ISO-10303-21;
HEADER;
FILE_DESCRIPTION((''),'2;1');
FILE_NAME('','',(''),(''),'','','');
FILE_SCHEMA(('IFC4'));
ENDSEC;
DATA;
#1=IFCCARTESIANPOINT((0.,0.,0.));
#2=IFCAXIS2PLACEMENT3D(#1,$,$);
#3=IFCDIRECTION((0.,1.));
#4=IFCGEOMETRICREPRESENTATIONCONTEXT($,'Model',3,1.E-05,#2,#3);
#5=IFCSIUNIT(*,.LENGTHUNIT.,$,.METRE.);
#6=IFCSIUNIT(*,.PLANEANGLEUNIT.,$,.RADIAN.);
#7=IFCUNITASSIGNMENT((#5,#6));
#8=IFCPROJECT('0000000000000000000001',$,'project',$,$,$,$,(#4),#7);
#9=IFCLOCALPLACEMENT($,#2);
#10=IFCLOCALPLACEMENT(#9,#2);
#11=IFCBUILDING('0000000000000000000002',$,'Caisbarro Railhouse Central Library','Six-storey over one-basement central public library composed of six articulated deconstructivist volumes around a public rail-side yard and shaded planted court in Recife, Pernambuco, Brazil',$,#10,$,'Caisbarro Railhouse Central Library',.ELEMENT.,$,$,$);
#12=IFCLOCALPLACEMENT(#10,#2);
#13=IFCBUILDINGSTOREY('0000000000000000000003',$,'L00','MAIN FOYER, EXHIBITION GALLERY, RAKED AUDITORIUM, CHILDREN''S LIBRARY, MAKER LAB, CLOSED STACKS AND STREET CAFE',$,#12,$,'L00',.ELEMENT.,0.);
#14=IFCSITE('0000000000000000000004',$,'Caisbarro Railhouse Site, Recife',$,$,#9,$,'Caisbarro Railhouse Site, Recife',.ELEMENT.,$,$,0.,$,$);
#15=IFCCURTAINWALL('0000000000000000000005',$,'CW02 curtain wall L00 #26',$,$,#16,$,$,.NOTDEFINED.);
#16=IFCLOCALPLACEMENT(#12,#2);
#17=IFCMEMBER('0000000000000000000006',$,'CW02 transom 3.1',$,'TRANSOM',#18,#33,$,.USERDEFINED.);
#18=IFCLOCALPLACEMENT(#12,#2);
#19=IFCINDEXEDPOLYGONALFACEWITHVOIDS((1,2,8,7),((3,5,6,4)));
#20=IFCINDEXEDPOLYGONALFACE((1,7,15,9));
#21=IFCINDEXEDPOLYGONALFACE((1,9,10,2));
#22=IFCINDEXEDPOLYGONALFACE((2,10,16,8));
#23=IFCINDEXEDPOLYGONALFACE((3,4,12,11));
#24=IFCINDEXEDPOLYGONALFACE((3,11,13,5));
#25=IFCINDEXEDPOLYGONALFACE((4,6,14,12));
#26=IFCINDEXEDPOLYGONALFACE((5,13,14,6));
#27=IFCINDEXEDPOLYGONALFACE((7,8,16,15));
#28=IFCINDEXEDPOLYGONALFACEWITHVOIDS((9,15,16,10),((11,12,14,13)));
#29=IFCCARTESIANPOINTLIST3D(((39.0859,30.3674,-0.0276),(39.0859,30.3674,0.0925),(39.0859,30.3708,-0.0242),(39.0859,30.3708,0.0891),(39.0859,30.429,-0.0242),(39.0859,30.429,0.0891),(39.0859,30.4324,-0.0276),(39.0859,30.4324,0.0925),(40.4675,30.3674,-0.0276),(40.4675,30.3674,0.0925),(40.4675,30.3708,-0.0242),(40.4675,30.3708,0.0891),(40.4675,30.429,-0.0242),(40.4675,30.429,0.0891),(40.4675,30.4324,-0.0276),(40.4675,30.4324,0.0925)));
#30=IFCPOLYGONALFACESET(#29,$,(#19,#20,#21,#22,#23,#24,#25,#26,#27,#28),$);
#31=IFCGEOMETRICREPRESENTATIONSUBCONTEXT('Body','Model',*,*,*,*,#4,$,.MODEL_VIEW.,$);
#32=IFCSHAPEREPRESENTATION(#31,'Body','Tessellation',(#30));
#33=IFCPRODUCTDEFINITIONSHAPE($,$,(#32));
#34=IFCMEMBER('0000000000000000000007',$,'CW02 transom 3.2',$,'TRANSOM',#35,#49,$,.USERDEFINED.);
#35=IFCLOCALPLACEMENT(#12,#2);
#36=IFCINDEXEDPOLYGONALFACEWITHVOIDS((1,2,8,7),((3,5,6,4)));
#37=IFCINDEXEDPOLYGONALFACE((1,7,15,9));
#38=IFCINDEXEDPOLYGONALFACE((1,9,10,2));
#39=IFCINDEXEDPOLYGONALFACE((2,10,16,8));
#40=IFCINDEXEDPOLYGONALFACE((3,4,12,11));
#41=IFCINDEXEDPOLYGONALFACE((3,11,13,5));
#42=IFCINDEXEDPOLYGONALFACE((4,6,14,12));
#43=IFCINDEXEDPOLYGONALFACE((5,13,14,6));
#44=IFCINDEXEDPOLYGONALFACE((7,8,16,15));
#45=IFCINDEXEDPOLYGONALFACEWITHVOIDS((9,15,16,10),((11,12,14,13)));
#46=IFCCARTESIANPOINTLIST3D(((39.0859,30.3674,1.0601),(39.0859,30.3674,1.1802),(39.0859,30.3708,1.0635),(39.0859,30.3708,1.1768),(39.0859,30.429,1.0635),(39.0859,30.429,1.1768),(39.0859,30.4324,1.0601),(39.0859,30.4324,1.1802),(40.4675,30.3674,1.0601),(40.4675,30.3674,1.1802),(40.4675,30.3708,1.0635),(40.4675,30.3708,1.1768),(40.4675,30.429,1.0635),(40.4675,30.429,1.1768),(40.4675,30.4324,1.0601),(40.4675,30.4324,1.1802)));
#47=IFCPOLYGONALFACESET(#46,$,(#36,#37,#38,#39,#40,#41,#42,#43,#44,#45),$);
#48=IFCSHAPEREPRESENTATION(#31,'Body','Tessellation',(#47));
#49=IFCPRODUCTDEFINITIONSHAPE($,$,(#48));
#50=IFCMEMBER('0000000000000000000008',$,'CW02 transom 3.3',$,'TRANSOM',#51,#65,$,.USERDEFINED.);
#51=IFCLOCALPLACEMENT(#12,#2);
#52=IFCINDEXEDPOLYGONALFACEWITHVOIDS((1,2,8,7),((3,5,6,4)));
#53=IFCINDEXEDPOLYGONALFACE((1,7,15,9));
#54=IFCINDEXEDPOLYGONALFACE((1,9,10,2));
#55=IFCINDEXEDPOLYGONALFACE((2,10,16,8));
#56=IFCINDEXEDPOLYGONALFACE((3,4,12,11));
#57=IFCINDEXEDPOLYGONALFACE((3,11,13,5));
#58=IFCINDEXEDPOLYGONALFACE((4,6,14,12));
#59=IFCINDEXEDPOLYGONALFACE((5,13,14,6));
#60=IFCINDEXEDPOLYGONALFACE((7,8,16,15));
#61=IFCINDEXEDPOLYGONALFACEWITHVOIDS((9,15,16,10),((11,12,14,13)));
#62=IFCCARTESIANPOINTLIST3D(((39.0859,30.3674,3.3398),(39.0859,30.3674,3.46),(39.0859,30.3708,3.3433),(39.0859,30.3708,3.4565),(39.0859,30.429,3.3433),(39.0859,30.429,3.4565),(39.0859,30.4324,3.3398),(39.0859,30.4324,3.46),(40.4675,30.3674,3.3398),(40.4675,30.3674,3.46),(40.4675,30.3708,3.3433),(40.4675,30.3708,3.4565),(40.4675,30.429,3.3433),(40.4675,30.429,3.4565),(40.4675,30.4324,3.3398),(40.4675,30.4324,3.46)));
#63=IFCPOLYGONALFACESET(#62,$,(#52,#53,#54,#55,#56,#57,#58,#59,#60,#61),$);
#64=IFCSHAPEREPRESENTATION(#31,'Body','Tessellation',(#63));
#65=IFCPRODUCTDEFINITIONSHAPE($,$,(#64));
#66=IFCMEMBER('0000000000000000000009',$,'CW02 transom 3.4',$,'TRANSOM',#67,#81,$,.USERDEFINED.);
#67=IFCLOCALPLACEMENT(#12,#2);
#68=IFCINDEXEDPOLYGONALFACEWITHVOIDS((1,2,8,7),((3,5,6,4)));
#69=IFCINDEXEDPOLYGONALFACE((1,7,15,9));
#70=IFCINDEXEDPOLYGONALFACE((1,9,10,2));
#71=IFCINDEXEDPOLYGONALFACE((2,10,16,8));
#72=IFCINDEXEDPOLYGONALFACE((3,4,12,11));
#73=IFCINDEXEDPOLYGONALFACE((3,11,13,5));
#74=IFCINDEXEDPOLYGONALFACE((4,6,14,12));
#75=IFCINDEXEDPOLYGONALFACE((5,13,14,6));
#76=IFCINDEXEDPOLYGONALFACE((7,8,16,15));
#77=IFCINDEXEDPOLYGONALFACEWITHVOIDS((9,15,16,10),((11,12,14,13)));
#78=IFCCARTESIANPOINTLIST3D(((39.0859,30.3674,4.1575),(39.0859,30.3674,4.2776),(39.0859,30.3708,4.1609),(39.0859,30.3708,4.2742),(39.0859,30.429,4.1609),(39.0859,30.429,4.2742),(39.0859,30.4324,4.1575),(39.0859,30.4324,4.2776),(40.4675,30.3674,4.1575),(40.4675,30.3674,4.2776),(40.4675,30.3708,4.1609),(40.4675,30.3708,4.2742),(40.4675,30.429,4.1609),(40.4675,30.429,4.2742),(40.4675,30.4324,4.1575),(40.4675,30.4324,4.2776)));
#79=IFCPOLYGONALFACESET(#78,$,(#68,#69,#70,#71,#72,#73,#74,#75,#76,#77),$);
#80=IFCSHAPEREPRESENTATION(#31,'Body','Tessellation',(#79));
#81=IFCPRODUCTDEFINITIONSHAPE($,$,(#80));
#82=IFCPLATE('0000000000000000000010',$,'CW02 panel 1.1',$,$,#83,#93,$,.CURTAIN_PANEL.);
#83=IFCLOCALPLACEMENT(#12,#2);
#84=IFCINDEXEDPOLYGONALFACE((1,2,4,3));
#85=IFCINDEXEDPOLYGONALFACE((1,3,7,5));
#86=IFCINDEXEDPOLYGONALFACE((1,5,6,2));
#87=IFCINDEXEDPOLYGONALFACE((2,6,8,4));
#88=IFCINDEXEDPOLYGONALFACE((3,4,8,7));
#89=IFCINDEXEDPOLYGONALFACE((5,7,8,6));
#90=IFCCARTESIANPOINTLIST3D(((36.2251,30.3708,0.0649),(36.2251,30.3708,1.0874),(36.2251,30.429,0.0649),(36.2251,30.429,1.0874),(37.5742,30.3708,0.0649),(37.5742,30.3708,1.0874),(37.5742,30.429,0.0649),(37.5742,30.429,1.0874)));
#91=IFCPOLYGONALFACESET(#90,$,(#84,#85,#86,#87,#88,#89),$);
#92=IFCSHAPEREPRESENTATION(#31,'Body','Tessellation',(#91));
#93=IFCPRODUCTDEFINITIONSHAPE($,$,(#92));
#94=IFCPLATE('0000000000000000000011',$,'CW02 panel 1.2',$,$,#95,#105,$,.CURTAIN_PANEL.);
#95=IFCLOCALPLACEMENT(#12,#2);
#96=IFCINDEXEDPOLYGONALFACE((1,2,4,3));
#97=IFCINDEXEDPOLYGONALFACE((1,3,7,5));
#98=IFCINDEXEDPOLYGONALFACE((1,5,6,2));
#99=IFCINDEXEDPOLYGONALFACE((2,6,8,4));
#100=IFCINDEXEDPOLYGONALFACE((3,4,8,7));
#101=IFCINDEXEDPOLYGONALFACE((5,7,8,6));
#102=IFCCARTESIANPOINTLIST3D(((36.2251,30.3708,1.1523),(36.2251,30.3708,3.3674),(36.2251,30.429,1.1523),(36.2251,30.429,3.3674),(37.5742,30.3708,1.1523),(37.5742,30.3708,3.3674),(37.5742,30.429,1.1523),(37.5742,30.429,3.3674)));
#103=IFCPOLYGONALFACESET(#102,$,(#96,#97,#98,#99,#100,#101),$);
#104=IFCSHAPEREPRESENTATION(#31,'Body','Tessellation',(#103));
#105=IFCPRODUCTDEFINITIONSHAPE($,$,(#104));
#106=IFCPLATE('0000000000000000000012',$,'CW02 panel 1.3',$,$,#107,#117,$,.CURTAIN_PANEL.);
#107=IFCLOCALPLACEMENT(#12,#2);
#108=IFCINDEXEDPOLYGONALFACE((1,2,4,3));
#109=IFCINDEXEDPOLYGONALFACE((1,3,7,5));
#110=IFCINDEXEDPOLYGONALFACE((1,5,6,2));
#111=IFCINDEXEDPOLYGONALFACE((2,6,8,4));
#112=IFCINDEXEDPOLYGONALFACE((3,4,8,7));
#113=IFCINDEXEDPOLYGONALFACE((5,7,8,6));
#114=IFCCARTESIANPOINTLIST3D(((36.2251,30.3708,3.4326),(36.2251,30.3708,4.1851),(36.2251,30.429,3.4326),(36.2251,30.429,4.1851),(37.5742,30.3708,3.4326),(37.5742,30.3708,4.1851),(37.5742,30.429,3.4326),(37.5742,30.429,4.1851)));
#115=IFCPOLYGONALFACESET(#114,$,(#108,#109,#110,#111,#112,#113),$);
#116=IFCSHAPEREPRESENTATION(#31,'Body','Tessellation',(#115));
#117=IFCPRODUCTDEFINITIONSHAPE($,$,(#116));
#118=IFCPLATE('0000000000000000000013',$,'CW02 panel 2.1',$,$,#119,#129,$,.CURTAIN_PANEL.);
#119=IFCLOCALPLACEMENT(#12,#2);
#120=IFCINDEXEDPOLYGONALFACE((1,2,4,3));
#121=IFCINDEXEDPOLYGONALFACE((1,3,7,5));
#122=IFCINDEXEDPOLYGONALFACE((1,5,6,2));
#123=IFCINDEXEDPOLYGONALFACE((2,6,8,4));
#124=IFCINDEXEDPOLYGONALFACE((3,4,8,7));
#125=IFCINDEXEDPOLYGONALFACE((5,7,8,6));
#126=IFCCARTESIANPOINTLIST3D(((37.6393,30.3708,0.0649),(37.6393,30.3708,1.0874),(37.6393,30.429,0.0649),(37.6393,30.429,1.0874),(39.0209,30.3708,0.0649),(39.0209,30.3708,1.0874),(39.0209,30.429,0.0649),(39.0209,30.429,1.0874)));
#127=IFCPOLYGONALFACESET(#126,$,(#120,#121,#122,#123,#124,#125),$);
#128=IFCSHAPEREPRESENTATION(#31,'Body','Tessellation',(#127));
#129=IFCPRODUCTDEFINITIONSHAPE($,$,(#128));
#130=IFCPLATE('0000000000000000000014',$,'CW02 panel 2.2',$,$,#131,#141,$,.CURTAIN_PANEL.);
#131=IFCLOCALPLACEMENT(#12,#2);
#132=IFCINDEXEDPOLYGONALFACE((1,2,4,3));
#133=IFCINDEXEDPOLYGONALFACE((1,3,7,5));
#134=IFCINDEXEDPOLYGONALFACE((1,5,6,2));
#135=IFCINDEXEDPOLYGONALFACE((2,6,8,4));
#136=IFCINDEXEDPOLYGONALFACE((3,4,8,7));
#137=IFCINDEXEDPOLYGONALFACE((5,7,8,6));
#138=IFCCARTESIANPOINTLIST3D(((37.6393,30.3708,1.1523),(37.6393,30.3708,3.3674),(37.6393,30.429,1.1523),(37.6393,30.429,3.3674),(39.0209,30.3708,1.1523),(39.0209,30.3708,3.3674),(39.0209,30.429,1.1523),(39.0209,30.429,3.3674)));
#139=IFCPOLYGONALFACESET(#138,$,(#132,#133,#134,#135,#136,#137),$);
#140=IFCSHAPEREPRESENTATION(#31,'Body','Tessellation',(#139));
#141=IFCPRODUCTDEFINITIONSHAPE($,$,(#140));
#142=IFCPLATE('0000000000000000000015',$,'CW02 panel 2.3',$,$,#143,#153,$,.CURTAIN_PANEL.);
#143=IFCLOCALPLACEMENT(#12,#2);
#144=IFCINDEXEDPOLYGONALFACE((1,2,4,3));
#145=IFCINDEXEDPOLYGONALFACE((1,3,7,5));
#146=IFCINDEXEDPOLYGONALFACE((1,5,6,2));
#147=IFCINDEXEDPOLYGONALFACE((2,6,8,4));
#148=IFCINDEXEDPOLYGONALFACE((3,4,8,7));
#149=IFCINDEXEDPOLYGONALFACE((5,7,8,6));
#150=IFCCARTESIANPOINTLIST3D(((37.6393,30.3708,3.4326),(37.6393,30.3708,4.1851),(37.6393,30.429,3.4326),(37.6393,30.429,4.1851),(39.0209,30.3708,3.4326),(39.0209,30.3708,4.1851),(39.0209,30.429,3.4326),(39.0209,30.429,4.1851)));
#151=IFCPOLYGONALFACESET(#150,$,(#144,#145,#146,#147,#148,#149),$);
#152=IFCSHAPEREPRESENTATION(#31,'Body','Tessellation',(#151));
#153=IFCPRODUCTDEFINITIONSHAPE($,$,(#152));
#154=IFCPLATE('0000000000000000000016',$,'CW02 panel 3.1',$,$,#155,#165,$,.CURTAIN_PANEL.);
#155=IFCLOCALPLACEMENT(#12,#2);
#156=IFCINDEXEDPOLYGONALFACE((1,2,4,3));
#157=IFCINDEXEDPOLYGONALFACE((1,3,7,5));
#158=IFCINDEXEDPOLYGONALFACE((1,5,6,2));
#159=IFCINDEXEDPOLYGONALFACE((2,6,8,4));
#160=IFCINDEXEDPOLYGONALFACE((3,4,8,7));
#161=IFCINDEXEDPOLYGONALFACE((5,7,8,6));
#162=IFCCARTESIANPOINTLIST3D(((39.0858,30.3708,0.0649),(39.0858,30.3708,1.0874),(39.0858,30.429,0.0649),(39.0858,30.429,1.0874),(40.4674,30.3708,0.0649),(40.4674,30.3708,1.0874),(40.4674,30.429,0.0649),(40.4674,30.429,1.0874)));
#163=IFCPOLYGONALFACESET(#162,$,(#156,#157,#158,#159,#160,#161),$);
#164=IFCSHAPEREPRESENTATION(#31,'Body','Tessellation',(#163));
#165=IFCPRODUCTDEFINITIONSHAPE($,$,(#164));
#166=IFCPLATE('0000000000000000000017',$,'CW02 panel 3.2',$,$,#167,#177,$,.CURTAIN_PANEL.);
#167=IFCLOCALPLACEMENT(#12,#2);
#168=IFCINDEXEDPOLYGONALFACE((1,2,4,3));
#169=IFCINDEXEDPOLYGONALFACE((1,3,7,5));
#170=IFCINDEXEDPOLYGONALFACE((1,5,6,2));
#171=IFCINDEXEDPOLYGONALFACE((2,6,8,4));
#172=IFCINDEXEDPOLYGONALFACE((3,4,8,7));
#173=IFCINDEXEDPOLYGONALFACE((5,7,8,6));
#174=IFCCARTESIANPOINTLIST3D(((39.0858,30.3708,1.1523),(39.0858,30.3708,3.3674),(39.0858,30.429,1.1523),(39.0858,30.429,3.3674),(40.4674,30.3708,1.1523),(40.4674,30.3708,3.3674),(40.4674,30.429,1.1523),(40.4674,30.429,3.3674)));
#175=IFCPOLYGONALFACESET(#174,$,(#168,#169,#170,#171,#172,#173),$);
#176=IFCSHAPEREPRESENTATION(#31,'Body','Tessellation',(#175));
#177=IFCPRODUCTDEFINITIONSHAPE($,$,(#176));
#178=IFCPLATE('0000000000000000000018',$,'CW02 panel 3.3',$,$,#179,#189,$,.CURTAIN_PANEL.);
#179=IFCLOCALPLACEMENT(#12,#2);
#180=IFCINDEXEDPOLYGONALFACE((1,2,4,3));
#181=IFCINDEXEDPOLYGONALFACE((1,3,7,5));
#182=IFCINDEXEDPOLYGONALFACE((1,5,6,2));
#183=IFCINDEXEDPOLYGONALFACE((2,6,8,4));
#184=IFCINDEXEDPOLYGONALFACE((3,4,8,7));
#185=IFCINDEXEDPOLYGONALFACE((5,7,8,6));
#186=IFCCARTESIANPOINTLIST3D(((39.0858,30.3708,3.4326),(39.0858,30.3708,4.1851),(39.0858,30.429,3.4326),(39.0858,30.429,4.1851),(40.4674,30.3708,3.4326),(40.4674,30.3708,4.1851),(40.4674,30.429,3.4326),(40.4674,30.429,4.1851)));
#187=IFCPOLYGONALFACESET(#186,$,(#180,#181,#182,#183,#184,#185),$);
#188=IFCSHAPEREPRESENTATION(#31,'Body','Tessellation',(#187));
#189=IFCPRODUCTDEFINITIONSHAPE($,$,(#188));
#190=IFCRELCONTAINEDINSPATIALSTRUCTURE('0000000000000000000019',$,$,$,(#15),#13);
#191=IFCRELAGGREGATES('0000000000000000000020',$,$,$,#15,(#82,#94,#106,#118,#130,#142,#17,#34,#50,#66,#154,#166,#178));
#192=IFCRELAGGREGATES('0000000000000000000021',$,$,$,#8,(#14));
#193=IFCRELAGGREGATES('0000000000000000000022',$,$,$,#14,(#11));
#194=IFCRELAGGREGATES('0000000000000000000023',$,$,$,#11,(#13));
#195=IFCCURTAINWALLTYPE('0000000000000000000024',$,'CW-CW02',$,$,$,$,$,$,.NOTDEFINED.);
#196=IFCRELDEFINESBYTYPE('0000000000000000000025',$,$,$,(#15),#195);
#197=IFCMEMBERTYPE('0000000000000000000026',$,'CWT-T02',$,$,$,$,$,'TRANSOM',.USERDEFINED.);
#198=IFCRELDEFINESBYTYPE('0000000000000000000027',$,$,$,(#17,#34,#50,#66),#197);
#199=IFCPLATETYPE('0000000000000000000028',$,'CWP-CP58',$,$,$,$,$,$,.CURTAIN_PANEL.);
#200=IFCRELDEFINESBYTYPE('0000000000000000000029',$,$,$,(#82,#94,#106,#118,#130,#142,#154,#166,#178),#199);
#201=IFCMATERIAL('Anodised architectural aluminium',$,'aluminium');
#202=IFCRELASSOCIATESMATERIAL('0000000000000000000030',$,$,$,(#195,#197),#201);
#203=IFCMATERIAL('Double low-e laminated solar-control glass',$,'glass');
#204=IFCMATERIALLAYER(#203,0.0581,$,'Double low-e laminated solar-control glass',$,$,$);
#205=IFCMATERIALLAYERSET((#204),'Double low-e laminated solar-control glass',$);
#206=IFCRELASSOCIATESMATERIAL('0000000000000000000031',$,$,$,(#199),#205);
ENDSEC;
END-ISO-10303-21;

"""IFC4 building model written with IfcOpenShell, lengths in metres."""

from ifc_helpers import new_model, si_unit, direction, frame, origin, origin_2d, place, context, subcontext, project, spatial, rectangle, hollow_rectangle, extrude, material, layer, layer_set, material_profile, profile_set, type_object, element, aggregate, save


model = new_model("IFC4")

# Units and contexts
model_context = context("Model", 3, precision=1e-05, world=origin(), true_north=direction((0.0, 1.0)))
body_context = subcontext(model_context, "Body", "Model", "MODEL_VIEW")
ifc_project = project(units=[si_unit("LENGTHUNIT", "METRE"), si_unit("PLANEANGLEUNIT", "RADIAN")], contexts=[model_context])

# Site, building, storey
site_placement = place(None, origin())
site = spatial("IfcSite", under=ifc_project, at=site_placement, Name="Caisbarro Railhouse Site, Recife", LongName="Caisbarro Railhouse Site, Recife", CompositionType="ELEMENT", RefElevation=0.0)
building_placement = place(site_placement, origin())
building = spatial("IfcBuilding", under=site, at=building_placement, Name="Caisbarro Railhouse Central Library", Description="Six-storey over one-basement central public library composed of six articulated deconstructivist volumes around a public rail-side yard and shaded planted court in Recife, Pernambuco, Brazil", LongName="Caisbarro Railhouse Central Library", CompositionType="ELEMENT")
storey_placement = place(building_placement, origin())
storey = spatial("IfcBuildingStorey", under=building, at=storey_placement, Name="L00", Description="MAIN FOYER, EXHIBITION GALLERY, RAKED AUDITORIUM, CHILDREN'S LIBRARY, MAKER LAB, CLOSED STACKS AND STREET CAFE", LongName="L00", CompositionType="ELEMENT", Elevation=0.0)

# Curtain wall, members, plates
ifc_material_1 = material(Name="Anodised architectural aluminium", Category="aluminium")
curtain_wall_type = type_object("IfcCurtainWallType", Name="CW-CW02", PredefinedType="NOTDEFINED", material=ifc_material_1)
curtain_wall_placement = place(storey_placement, origin())
curtain_wall = element("IfcCurtainWall", 1, at=curtain_wall_placement, inside=storey, type_object=curtain_wall_type, Name="CW02 curtain wall L00 #26", PredefinedType="NOTDEFINED")
ifc_material_profile_1 = material_profile(ifc_material_1, hollow_rectangle(XDim=0.0649, YDim=0.1201, WallThickness=0.0034, at=origin_2d()), Name="ALU-TRN-65X120")
ifc_profile_set_1 = profile_set([ifc_material_profile_1], Name="Anodised architectural aluminium")
member_type_1 = type_object("IfcMemberType", Name="CWT-T02", ElementType="TRANSOM", PredefinedType="USERDEFINED", material=ifc_profile_set_1)
member_1_placement = place(storey_placement, frame((39.0859, 30.3999, 0.0325), z_axis=(1.0, 0.0, 0.0), x_axis=(0.0, 1.0, 0.0)))
member_1 = element("IfcMember", 2, at=member_1_placement, type_object=member_type_1, Name="CW02 transom 3.1", ObjectType="TRANSOM", PredefinedType="USERDEFINED", context=body_context, shape_type="SweptSolid", body=[
    extrude(hollow_rectangle(XDim=0.0649, YDim=0.1201, WallThickness=0.0034, at=origin_2d()), origin(), (0.0, 0.0, 1.0), 1.3816),
])
member_2_placement = place(storey_placement, frame((39.0859, 30.3999, 1.1201), z_axis=(1.0, 0.0, 0.0), x_axis=(0.0, 1.0, 0.0)))
member_2 = element("IfcMember", 3, at=member_2_placement, type_object=member_type_1, Name="CW02 transom 3.2", ObjectType="TRANSOM", PredefinedType="USERDEFINED", context=body_context, shape_type="SweptSolid", body=[
    extrude(hollow_rectangle(XDim=0.0649, YDim=0.1201, WallThickness=0.0034, at=origin_2d()), origin(), (0.0, 0.0, 1.0), 1.3816),
])
member_3_placement = place(storey_placement, frame((39.0859, 30.3999, 3.3999), z_axis=(1.0, 0.0, 0.0), x_axis=(0.0, 1.0, 0.0)))
member_3 = element("IfcMember", 4, at=member_3_placement, type_object=member_type_1, Name="CW02 transom 3.3", ObjectType="TRANSOM", PredefinedType="USERDEFINED", context=body_context, shape_type="SweptSolid", body=[
    extrude(hollow_rectangle(XDim=0.0649, YDim=0.1201, WallThickness=0.0034, at=origin_2d()), origin(), (0.0, 0.0, 1.0), 1.3816),
])
member_4_placement = place(storey_placement, frame((39.0859, 30.3999, 4.2175), z_axis=(1.0, 0.0, 0.0), x_axis=(0.0, 1.0, 0.0)))
member_4 = element("IfcMember", 5, at=member_4_placement, type_object=member_type_1, Name="CW02 transom 3.4", ObjectType="TRANSOM", PredefinedType="USERDEFINED", context=body_context, shape_type="SweptSolid", body=[
    extrude(hollow_rectangle(XDim=0.0649, YDim=0.1201, WallThickness=0.0034, at=origin_2d()), origin(), (0.0, 0.0, 1.0), 1.3816),
])
ifc_material_2 = material(Name="Double low-e laminated solar-control glass", Category="glass")
ifc_layer = layer(ifc_material_2, 0.0581, Name="Double low-e laminated solar-control glass")
ifc_layer_set = layer_set([ifc_layer], Name="Double low-e laminated solar-control glass")
plate_type = type_object("IfcPlateType", Name="CWP-CP58", PredefinedType="CURTAIN_PANEL", material=ifc_layer_set)
plate_1_placement = place(storey_placement, frame((36.8997, 30.3999, 0.0649), z_axis=(0.0, 0.0, 1.0), x_axis=(1.0, 0.0, 0.0)))
plate_1 = element("IfcPlate", 6, at=plate_1_placement, type_object=plate_type, Name="CW02 panel 1.1", PredefinedType="CURTAIN_PANEL", context=body_context, shape_type="SweptSolid", body=[
    extrude(rectangle(XDim=1.3491, YDim=0.0581, at=origin_2d()), origin(), (0.0, 0.0, 1.0), 1.0225),
])
plate_2_placement = place(storey_placement, frame((36.8997, 30.3999, 1.1523), z_axis=(0.0, 0.0, 1.0), x_axis=(1.0, 0.0, 0.0)))
plate_2 = element("IfcPlate", 7, at=plate_2_placement, type_object=plate_type, Name="CW02 panel 1.2", PredefinedType="CURTAIN_PANEL", context=body_context, shape_type="SweptSolid", body=[
    extrude(rectangle(XDim=1.3491, YDim=0.0581, at=origin_2d()), origin(), (0.0, 0.0, 1.0), 2.2151),
])
plate_3_placement = place(storey_placement, frame((36.8997, 30.3999, 3.4326), z_axis=(0.0, 0.0, 1.0), x_axis=(1.0, 0.0, 0.0)))
plate_3 = element("IfcPlate", 8, at=plate_3_placement, type_object=plate_type, Name="CW02 panel 1.3", PredefinedType="CURTAIN_PANEL", context=body_context, shape_type="SweptSolid", body=[
    extrude(rectangle(XDim=1.3491, YDim=0.0581, at=origin_2d()), origin(), (0.0, 0.0, 1.0), 0.7524),
])
plate_4_placement = place(storey_placement, frame((38.3301, 30.3999, 0.0649), z_axis=(0.0, 0.0, 1.0), x_axis=(1.0, 0.0, 0.0)))
plate_4 = element("IfcPlate", 9, at=plate_4_placement, type_object=plate_type, Name="CW02 panel 2.1", PredefinedType="CURTAIN_PANEL", context=body_context, shape_type="SweptSolid", body=[
    extrude(rectangle(XDim=1.3816, YDim=0.0581, at=origin_2d()), origin(), (0.0, 0.0, 1.0), 1.0225),
])
plate_5_placement = place(storey_placement, frame((38.3301, 30.3999, 1.1523), z_axis=(0.0, 0.0, 1.0), x_axis=(1.0, 0.0, 0.0)))
plate_5 = element("IfcPlate", 10, at=plate_5_placement, type_object=plate_type, Name="CW02 panel 2.2", PredefinedType="CURTAIN_PANEL", context=body_context, shape_type="SweptSolid", body=[
    extrude(rectangle(XDim=1.3816, YDim=0.0581, at=origin_2d()), origin(), (0.0, 0.0, 1.0), 2.2151),
])
plate_6_placement = place(storey_placement, frame((38.3301, 30.3999, 3.4326), z_axis=(0.0, 0.0, 1.0), x_axis=(1.0, 0.0, 0.0)))
plate_6 = element("IfcPlate", 11, at=plate_6_placement, type_object=plate_type, Name="CW02 panel 2.3", PredefinedType="CURTAIN_PANEL", context=body_context, shape_type="SweptSolid", body=[
    extrude(rectangle(XDim=1.3816, YDim=0.0581, at=origin_2d()), origin(), (0.0, 0.0, 1.0), 0.7524),
])
plate_7_placement = place(storey_placement, frame((39.7766, 30.3999, 0.0649), z_axis=(0.0, 0.0, 1.0), x_axis=(1.0, 0.0, 0.0)))
plate_7 = element("IfcPlate", 12, at=plate_7_placement, type_object=plate_type, Name="CW02 panel 3.1", PredefinedType="CURTAIN_PANEL", context=body_context, shape_type="SweptSolid", body=[
    extrude(rectangle(XDim=1.3816, YDim=0.0581, at=origin_2d()), origin(), (0.0, 0.0, 1.0), 1.0225),
])
plate_8_placement = place(storey_placement, frame((39.7766, 30.3999, 1.1523), z_axis=(0.0, 0.0, 1.0), x_axis=(1.0, 0.0, 0.0)))
plate_8 = element("IfcPlate", 13, at=plate_8_placement, type_object=plate_type, Name="CW02 panel 3.2", PredefinedType="CURTAIN_PANEL", context=body_context, shape_type="SweptSolid", body=[
    extrude(rectangle(XDim=1.3816, YDim=0.0581, at=origin_2d()), origin(), (0.0, 0.0, 1.0), 2.2151),
])
plate_9_placement = place(storey_placement, frame((39.7766, 30.3999, 3.4326), z_axis=(0.0, 0.0, 1.0), x_axis=(1.0, 0.0, 0.0)))
plate_9 = element("IfcPlate", 14, at=plate_9_placement, type_object=plate_type, Name="CW02 panel 3.3", PredefinedType="CURTAIN_PANEL", context=body_context, shape_type="SweptSolid", body=[
    extrude(rectangle(XDim=1.3816, YDim=0.0581, at=origin_2d()), origin(), (0.0, 0.0, 1.0), 0.7524),
])
aggregate(curtain_wall, [plate_1, plate_2, plate_3, plate_4, plate_5, plate_6, member_1, member_2, member_3, member_4, plate_7, plate_8, plate_9])

save(model, "model.ifc")
